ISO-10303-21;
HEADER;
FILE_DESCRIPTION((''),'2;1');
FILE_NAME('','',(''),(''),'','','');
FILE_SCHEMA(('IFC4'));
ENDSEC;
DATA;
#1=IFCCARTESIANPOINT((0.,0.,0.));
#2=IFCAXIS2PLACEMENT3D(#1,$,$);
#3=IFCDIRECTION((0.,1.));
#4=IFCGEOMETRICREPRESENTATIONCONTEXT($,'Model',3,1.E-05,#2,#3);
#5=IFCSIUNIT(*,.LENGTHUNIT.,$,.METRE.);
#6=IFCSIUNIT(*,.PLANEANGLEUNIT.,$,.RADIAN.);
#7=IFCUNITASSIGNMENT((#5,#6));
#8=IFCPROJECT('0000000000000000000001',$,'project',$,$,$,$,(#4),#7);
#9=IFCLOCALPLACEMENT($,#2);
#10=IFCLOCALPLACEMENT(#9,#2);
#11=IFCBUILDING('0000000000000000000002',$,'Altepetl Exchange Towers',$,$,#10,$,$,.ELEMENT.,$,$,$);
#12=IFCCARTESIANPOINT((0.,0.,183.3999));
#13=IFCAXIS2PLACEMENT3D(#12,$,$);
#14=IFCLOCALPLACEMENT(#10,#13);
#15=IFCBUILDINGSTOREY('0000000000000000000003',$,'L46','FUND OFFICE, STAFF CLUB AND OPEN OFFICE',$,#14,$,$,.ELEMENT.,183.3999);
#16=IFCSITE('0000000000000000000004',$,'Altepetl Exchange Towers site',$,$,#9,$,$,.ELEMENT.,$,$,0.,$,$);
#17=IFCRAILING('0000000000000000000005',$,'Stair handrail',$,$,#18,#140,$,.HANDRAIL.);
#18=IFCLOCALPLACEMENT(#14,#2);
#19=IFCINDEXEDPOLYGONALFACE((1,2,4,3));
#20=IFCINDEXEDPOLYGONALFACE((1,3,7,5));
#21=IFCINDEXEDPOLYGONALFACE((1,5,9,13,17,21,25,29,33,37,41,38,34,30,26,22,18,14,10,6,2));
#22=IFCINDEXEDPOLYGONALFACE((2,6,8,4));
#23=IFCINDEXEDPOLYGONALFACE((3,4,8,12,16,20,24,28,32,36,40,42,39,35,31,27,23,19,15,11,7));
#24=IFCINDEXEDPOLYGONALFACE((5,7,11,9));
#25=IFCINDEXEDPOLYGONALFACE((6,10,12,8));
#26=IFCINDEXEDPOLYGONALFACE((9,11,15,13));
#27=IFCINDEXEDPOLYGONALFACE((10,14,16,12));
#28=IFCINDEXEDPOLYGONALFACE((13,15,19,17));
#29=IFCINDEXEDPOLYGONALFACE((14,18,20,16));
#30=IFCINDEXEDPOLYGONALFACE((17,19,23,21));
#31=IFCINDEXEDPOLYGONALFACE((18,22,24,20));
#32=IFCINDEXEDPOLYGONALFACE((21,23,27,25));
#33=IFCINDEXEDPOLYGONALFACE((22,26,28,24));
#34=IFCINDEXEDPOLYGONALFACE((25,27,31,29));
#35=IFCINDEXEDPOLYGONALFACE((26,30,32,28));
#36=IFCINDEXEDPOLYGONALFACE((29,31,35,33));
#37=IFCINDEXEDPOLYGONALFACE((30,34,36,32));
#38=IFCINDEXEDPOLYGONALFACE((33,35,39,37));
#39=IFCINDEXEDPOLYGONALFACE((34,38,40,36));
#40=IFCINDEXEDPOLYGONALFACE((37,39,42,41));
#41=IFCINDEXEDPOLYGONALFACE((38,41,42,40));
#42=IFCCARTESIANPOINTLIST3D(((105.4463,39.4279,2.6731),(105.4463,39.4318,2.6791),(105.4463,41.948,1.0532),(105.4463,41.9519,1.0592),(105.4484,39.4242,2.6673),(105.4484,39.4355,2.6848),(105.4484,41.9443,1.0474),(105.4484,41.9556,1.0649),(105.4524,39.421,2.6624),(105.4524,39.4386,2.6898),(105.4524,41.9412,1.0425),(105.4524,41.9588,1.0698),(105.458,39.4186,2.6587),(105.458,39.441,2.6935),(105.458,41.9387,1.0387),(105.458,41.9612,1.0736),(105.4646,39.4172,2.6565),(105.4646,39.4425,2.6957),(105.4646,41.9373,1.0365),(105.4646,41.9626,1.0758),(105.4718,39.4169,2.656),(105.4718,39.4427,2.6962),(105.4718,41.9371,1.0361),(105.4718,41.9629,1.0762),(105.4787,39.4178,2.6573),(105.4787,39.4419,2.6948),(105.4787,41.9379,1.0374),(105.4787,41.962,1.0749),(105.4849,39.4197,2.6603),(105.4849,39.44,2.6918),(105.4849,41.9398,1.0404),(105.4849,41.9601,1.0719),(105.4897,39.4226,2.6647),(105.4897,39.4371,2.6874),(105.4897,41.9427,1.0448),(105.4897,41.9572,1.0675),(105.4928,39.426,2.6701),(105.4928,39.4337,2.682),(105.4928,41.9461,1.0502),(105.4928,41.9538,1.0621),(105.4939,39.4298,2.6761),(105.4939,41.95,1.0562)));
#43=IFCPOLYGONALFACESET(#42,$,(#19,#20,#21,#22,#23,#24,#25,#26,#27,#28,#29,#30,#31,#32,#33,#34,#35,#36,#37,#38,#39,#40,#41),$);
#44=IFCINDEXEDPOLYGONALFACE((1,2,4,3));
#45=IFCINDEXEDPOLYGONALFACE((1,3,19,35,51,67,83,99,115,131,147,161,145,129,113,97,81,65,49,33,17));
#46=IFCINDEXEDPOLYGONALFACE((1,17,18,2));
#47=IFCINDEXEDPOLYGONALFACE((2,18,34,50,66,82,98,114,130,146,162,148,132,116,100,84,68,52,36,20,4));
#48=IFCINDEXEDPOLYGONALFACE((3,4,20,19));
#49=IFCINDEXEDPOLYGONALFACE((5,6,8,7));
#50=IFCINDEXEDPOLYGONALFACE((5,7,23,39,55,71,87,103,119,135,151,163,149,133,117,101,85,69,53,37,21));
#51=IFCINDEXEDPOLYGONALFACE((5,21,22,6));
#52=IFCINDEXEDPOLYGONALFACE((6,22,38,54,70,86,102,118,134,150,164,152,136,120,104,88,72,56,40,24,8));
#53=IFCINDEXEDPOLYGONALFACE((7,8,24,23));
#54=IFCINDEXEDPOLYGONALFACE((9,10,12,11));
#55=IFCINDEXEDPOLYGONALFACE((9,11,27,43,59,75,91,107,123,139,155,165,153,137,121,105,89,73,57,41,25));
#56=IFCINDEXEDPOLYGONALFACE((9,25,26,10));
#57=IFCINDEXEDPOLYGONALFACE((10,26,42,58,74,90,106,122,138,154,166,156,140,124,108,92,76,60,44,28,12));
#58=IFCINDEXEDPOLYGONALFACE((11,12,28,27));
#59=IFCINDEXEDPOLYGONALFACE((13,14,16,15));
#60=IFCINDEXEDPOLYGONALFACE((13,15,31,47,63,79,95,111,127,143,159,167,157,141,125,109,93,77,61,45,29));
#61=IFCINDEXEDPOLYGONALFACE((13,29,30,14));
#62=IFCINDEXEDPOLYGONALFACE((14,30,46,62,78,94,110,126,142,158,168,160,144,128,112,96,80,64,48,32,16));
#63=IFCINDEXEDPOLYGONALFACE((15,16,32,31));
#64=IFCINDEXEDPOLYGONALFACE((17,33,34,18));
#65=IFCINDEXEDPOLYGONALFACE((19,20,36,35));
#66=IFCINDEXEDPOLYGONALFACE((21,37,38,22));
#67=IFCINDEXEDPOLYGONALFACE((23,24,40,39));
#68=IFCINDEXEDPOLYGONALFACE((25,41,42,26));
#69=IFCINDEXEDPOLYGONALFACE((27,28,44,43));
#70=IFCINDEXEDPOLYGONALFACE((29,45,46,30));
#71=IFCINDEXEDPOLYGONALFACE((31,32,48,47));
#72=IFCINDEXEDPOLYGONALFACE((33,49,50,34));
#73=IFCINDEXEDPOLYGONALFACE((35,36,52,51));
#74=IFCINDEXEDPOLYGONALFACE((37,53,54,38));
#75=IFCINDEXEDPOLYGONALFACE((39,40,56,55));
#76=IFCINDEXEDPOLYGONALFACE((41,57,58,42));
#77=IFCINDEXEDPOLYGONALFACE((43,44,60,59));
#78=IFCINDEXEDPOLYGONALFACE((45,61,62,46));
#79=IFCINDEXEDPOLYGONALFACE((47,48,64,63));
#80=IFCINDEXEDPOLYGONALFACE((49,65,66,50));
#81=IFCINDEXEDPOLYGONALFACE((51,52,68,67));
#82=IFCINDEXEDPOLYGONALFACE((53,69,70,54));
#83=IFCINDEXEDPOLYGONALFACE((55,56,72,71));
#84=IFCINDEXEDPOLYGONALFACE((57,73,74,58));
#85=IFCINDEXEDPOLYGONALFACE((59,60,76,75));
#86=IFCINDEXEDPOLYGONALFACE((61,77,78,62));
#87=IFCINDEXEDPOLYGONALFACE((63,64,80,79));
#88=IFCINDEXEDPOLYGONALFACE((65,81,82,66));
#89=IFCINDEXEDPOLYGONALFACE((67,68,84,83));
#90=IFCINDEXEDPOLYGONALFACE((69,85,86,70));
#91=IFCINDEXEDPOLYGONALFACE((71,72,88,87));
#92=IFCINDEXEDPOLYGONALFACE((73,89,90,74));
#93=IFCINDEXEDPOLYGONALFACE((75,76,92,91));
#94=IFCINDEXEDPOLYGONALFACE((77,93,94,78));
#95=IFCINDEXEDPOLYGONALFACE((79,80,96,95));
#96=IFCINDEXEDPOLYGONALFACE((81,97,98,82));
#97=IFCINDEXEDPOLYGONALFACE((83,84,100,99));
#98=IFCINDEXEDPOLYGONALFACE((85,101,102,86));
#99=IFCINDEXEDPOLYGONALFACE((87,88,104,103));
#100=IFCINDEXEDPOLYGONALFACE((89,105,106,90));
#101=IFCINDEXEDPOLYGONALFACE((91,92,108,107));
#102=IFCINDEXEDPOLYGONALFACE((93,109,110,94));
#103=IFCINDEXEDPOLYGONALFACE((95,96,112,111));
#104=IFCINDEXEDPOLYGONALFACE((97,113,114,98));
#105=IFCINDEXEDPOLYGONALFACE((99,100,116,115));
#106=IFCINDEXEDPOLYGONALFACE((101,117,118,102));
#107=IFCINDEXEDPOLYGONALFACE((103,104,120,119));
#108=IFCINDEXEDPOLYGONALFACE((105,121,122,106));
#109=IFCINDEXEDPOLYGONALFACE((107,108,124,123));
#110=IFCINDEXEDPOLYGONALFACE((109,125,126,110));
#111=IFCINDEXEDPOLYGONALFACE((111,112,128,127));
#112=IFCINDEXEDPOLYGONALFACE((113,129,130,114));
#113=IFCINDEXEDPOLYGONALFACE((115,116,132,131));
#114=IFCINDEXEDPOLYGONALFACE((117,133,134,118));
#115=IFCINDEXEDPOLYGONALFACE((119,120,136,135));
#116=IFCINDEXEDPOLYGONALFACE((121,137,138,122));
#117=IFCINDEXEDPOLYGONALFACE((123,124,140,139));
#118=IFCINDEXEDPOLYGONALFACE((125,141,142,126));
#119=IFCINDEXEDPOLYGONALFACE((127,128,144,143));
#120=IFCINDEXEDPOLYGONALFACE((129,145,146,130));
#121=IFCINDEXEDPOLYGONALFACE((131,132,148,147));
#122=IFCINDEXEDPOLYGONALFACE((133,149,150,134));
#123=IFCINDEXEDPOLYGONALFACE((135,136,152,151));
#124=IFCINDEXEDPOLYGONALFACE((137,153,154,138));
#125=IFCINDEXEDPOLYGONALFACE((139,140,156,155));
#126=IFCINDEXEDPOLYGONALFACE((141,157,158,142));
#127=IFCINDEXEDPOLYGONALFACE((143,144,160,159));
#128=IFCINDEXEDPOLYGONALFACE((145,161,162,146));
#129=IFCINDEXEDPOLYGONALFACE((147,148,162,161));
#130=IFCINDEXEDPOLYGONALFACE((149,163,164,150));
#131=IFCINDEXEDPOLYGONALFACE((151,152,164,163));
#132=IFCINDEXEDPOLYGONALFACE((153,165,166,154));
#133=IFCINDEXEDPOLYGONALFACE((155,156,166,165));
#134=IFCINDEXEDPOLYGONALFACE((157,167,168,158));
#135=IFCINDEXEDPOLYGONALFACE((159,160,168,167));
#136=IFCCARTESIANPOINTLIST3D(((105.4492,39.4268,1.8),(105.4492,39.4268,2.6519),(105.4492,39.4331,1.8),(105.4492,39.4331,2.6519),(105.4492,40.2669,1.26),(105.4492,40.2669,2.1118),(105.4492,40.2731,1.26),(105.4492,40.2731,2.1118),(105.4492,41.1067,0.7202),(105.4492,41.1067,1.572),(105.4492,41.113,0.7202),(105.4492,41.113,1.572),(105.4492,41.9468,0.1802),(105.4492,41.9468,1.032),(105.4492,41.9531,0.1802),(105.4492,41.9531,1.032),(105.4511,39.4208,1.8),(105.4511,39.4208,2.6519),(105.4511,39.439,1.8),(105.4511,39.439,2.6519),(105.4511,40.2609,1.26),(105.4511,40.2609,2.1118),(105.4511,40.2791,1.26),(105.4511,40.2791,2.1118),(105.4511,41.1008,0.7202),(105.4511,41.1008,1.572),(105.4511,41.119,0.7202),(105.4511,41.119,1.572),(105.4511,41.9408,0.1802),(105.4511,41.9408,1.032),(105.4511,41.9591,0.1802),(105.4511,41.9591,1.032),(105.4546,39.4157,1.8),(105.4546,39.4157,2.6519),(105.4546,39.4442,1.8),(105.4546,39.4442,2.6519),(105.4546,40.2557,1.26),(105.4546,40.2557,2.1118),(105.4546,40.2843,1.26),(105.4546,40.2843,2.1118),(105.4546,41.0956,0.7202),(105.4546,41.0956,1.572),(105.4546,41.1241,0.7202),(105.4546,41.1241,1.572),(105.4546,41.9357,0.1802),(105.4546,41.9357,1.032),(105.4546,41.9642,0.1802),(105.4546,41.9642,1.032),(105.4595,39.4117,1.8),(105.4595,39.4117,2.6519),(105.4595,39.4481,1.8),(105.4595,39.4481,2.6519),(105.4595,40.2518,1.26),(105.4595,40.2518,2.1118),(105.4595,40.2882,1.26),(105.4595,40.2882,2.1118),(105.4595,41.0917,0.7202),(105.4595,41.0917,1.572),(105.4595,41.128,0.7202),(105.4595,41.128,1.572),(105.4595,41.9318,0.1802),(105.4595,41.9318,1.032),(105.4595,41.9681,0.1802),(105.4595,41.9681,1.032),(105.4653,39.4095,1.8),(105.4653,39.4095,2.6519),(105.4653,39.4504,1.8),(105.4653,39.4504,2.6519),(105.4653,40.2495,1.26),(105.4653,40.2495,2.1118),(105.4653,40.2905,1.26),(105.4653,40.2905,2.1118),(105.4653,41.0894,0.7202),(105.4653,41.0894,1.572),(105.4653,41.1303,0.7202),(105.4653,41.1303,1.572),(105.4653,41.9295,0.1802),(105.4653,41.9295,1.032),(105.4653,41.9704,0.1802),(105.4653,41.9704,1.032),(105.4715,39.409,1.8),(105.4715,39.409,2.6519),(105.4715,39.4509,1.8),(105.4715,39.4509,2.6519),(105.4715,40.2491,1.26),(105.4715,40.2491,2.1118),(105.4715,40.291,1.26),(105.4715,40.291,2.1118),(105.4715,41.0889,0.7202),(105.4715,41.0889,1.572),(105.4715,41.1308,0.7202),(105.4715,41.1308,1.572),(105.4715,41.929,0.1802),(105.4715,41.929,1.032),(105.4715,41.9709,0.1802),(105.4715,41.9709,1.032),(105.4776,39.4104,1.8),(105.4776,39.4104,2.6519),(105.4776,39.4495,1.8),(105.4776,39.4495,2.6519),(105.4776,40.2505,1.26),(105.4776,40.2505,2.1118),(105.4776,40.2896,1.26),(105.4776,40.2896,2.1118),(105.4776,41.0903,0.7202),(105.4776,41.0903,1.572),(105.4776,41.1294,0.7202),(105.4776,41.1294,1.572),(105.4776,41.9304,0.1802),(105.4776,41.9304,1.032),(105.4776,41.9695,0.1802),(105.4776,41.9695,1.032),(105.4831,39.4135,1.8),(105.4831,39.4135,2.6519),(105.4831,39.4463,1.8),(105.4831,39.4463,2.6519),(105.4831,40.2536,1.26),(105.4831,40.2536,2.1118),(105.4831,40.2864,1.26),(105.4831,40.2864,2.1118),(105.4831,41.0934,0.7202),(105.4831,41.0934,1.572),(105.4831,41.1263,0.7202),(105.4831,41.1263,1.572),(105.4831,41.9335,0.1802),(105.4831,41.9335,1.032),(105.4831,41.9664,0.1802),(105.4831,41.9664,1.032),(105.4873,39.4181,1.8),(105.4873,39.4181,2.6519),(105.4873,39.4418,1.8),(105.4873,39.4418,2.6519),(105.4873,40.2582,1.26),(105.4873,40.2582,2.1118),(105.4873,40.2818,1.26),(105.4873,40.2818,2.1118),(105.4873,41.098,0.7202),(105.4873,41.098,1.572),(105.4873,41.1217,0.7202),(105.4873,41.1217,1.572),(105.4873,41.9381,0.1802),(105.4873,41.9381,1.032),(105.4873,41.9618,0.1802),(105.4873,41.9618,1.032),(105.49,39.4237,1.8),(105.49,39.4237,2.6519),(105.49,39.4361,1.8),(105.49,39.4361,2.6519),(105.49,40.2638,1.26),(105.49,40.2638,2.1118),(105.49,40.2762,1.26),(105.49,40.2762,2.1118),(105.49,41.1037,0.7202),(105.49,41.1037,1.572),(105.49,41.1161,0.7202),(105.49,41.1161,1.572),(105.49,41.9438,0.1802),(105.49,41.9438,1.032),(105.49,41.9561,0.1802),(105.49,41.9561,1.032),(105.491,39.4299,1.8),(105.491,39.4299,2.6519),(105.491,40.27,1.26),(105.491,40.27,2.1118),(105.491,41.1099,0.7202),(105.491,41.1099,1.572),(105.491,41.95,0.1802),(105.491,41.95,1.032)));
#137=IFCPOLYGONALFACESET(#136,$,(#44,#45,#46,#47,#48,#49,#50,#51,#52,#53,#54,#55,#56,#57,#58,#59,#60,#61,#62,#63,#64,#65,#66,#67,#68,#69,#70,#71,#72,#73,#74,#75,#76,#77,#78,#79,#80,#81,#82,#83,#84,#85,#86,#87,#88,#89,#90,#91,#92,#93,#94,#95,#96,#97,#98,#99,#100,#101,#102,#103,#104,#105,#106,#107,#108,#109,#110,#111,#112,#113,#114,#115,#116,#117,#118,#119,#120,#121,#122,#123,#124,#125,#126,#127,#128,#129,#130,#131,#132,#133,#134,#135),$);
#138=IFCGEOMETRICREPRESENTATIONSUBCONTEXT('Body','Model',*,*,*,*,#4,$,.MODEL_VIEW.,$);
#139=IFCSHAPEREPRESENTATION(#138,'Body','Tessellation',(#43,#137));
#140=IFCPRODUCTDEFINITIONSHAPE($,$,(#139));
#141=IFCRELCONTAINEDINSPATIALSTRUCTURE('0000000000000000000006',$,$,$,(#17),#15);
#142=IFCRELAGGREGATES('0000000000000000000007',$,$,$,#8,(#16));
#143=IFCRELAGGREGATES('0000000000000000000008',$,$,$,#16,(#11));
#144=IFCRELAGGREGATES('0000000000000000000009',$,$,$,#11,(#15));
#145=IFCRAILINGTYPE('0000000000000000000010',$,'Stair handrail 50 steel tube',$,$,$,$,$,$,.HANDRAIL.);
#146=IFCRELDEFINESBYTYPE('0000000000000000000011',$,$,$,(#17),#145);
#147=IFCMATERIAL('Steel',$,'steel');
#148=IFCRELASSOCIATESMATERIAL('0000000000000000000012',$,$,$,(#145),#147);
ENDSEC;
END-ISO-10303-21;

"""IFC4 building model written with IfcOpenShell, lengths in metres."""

from ifc_helpers import new_model, si_unit, direction, frame, origin, origin_2d, place, context, subcontext, project, spatial, circle, extrude, source, transform, mapped, material, type_object, element, save


model = new_model("IFC4")

# Units and contexts
model_context = context("Model", 3, precision=1e-05, world=origin(), true_north=direction((0.0, 1.0)))
body_context = subcontext(model_context, "Body", "Model", "MODEL_VIEW")
ifc_project = project(units=[si_unit("LENGTHUNIT", "METRE"), si_unit("PLANEANGLEUNIT", "RADIAN")], contexts=[model_context])

# Site, building, storey
site_placement = place(None, origin())
site = spatial("IfcSite", under=ifc_project, at=site_placement, Name="Altepetl Exchange Towers site", CompositionType="ELEMENT", RefElevation=0.0)
building_placement = place(site_placement, origin())
building = spatial("IfcBuilding", under=site, at=building_placement, Name="Altepetl Exchange Towers", CompositionType="ELEMENT")
storey_placement = place(building_placement, frame((0.0, 0.0, 183.3999)))
storey = spatial("IfcBuildingStorey", under=building, at=storey_placement, Name="L46", Description="FUND OFFICE, STAFF CLUB AND OPEN OFFICE", CompositionType="ELEMENT", Elevation=183.3999)

# Railing
ifc_material_1 = material(Name="Steel", Category="steel")
railing_type = type_object("IfcRailingType", Name="Stair handrail 50 steel tube", PredefinedType="HANDRAIL", material=ifc_material_1)
shared_shape = source(origin(), body_context, "Body", "SweptSolid", [
    extrude(circle(Radius=0.021, at=origin_2d()), origin(), (0.0, 0.0, 1.0), 0.8518),
])
railing_1_placement = place(storey_placement, frame((105.47, 41.95, 0.1802)))
element("IfcRailing", 1, at=railing_1_placement, inside=storey, type_object=railing_type, Name="Stair handrail", PredefinedType="HANDRAIL", context=body_context, shape_type="SweptSolid", body=[
    extrude(circle(Radius=0.0239, at=origin_2d()), frame((0.0, 0.0, 0.876), z_axis=(0.0, -0.8412, 0.540725), x_axis=(1.0, 0.0, 0.0)), (0.0, 0.0, 1.0), 2.9958),
    mapped(shared_shape, transform((0.0, 0.0, 0.0))),
    mapped(shared_shape, transform((0.0, -0.8401, 0.54))),
    mapped(shared_shape, transform((0.0, -1.6799, 1.0798))),
    mapped(shared_shape, transform((0.0, -2.52, 1.6199))),
])

save(model, "model.ifc")
